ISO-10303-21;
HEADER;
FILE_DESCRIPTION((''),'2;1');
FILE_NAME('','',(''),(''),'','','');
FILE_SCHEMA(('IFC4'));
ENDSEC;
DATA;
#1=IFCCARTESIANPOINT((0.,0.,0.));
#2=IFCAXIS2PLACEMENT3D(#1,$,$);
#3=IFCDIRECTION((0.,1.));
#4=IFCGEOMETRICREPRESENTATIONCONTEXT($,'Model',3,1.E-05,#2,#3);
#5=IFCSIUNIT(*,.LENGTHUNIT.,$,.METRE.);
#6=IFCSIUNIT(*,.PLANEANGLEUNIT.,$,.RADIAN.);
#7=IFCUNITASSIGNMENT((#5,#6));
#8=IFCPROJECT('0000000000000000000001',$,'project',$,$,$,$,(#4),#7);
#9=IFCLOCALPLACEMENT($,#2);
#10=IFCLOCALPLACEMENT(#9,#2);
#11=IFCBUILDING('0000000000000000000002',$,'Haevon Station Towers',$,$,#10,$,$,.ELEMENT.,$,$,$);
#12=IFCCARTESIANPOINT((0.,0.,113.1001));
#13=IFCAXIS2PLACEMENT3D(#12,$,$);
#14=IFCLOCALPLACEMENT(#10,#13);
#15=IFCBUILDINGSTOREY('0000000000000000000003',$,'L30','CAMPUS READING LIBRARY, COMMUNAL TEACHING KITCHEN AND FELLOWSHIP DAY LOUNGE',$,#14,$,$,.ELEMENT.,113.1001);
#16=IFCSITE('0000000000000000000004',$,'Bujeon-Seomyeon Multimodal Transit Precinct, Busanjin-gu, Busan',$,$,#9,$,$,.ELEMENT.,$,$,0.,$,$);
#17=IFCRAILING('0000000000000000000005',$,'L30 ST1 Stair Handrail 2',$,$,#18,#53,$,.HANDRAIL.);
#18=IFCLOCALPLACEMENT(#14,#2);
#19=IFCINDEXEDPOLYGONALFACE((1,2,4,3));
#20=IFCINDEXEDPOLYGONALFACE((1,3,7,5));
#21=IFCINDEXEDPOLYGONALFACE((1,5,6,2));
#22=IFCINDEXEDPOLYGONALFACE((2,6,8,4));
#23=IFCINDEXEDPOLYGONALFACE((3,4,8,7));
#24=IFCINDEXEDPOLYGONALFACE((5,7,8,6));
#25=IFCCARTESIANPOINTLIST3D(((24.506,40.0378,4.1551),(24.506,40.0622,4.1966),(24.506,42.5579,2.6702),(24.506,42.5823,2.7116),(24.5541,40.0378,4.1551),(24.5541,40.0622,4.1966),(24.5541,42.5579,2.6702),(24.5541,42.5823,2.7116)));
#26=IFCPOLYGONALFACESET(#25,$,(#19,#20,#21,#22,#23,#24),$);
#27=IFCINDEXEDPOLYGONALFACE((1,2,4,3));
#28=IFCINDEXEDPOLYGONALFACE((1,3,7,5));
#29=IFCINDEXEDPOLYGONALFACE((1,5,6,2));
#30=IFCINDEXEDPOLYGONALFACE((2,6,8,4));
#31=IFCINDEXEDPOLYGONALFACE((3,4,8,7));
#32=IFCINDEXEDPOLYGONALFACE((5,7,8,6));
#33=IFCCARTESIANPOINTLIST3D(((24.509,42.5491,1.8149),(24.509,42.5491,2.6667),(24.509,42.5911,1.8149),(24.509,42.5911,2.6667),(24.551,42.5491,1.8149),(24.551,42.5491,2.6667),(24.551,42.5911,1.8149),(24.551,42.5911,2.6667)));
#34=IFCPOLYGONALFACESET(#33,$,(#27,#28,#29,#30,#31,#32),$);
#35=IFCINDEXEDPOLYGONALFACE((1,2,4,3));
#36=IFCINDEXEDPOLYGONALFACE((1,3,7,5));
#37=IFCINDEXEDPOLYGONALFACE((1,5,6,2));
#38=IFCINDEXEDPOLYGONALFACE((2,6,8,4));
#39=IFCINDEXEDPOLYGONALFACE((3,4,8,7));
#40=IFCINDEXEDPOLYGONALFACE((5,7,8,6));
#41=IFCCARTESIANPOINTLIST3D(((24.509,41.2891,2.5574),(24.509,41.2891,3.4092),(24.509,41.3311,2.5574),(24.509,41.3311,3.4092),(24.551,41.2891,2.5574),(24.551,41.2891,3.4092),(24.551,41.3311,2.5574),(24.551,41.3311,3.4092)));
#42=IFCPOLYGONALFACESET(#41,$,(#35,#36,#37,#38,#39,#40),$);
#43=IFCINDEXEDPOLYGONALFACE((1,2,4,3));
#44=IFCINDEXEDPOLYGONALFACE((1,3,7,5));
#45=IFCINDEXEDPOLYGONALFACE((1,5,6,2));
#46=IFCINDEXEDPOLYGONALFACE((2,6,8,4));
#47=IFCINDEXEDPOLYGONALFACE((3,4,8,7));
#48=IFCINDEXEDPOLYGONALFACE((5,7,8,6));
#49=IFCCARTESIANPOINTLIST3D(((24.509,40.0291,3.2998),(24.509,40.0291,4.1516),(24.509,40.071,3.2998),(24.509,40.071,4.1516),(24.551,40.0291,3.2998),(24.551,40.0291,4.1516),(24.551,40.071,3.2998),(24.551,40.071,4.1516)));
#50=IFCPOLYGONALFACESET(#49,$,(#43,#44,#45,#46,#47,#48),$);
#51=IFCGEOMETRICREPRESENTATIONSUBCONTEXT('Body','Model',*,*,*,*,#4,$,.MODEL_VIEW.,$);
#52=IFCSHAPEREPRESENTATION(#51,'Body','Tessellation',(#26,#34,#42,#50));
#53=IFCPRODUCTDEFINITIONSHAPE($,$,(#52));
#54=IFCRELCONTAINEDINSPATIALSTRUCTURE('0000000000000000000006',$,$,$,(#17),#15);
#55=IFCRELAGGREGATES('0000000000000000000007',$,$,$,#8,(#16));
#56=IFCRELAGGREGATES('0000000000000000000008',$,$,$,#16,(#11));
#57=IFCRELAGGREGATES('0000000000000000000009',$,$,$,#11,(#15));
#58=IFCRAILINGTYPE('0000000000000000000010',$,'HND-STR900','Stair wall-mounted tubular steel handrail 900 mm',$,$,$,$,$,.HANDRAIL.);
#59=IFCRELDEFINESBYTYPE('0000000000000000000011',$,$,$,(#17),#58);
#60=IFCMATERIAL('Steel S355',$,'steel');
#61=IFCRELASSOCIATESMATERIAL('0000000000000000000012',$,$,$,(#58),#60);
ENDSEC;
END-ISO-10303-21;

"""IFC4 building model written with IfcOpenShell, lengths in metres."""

from ifc_helpers import new_model, si_unit, direction, frame, origin, origin_2d, place, context, subcontext, project, spatial, rectangle, extrude, material, type_object, element, save


model = new_model("IFC4")

# Units and contexts
model_context = context("Model", 3, precision=1e-05, world=origin(), true_north=direction((0.0, 1.0)))
body_context = subcontext(model_context, "Body", "Model", "MODEL_VIEW")
ifc_project = project(units=[si_unit("LENGTHUNIT", "METRE"), si_unit("PLANEANGLEUNIT", "RADIAN")], contexts=[model_context])

# Site, building, storey
site_placement = place(None, origin())
site = spatial("IfcSite", under=ifc_project, at=site_placement, Name="Bujeon-Seomyeon Multimodal Transit Precinct, Busanjin-gu, Busan", CompositionType="ELEMENT", RefElevation=0.0)
building_placement = place(site_placement, origin())
building = spatial("IfcBuilding", under=site, at=building_placement, Name="Haevon Station Towers", CompositionType="ELEMENT")
storey_placement = place(building_placement, frame((0.0, 0.0, 113.1001)))
storey = spatial("IfcBuildingStorey", under=building, at=storey_placement, Name="L30", Description="CAMPUS READING LIBRARY, COMMUNAL TEACHING KITCHEN AND FELLOWSHIP DAY LOUNGE", CompositionType="ELEMENT", Elevation=113.1001)

# Shared definitions
ifc_material_1 = material(Name="Steel S355", Category="steel")

# Railing
railing_type_1 = type_object("IfcRailingType", Name="HND-STR900", Description="Stair wall-mounted tubular steel handrail 900 mm", PredefinedType="HANDRAIL", material=ifc_material_1)
railing_1_placement = place(storey_placement, frame((24.53, 42.5701, 1.8149)))
element("IfcRailing", 1, at=railing_1_placement, inside=storey, type_object=railing_type_1, Name="L30 ST1 Stair Handrail 2", PredefinedType="HANDRAIL", context=body_context, shape_type="SweptSolid", body=[
    extrude(rectangle(XDim=0.0481, YDim=0.0481, at=origin_2d()), frame((0.0, 0.0, 0.876), z_axis=(0.0, -0.861561, 0.507655), x_axis=(1.0, 0.0, 0.0)), (0.0, 0.0, 1.0), 2.925),
    extrude(rectangle(XDim=0.042, YDim=0.042, at=origin_2d()), origin(), (0.0, 0.0, 1.0), 0.8518),
    extrude(rectangle(XDim=0.042, YDim=0.042, at=origin_2d()), frame((0.0, -1.26, 0.7424)), (0.0, 0.0, 1.0), 0.8518),
    extrude(rectangle(XDim=0.042, YDim=0.042, at=origin_2d()), frame((0.0, -2.52, 1.4849)), (0.0, 0.0, 1.0), 0.8518),
])

save(model, "model.ifc")
